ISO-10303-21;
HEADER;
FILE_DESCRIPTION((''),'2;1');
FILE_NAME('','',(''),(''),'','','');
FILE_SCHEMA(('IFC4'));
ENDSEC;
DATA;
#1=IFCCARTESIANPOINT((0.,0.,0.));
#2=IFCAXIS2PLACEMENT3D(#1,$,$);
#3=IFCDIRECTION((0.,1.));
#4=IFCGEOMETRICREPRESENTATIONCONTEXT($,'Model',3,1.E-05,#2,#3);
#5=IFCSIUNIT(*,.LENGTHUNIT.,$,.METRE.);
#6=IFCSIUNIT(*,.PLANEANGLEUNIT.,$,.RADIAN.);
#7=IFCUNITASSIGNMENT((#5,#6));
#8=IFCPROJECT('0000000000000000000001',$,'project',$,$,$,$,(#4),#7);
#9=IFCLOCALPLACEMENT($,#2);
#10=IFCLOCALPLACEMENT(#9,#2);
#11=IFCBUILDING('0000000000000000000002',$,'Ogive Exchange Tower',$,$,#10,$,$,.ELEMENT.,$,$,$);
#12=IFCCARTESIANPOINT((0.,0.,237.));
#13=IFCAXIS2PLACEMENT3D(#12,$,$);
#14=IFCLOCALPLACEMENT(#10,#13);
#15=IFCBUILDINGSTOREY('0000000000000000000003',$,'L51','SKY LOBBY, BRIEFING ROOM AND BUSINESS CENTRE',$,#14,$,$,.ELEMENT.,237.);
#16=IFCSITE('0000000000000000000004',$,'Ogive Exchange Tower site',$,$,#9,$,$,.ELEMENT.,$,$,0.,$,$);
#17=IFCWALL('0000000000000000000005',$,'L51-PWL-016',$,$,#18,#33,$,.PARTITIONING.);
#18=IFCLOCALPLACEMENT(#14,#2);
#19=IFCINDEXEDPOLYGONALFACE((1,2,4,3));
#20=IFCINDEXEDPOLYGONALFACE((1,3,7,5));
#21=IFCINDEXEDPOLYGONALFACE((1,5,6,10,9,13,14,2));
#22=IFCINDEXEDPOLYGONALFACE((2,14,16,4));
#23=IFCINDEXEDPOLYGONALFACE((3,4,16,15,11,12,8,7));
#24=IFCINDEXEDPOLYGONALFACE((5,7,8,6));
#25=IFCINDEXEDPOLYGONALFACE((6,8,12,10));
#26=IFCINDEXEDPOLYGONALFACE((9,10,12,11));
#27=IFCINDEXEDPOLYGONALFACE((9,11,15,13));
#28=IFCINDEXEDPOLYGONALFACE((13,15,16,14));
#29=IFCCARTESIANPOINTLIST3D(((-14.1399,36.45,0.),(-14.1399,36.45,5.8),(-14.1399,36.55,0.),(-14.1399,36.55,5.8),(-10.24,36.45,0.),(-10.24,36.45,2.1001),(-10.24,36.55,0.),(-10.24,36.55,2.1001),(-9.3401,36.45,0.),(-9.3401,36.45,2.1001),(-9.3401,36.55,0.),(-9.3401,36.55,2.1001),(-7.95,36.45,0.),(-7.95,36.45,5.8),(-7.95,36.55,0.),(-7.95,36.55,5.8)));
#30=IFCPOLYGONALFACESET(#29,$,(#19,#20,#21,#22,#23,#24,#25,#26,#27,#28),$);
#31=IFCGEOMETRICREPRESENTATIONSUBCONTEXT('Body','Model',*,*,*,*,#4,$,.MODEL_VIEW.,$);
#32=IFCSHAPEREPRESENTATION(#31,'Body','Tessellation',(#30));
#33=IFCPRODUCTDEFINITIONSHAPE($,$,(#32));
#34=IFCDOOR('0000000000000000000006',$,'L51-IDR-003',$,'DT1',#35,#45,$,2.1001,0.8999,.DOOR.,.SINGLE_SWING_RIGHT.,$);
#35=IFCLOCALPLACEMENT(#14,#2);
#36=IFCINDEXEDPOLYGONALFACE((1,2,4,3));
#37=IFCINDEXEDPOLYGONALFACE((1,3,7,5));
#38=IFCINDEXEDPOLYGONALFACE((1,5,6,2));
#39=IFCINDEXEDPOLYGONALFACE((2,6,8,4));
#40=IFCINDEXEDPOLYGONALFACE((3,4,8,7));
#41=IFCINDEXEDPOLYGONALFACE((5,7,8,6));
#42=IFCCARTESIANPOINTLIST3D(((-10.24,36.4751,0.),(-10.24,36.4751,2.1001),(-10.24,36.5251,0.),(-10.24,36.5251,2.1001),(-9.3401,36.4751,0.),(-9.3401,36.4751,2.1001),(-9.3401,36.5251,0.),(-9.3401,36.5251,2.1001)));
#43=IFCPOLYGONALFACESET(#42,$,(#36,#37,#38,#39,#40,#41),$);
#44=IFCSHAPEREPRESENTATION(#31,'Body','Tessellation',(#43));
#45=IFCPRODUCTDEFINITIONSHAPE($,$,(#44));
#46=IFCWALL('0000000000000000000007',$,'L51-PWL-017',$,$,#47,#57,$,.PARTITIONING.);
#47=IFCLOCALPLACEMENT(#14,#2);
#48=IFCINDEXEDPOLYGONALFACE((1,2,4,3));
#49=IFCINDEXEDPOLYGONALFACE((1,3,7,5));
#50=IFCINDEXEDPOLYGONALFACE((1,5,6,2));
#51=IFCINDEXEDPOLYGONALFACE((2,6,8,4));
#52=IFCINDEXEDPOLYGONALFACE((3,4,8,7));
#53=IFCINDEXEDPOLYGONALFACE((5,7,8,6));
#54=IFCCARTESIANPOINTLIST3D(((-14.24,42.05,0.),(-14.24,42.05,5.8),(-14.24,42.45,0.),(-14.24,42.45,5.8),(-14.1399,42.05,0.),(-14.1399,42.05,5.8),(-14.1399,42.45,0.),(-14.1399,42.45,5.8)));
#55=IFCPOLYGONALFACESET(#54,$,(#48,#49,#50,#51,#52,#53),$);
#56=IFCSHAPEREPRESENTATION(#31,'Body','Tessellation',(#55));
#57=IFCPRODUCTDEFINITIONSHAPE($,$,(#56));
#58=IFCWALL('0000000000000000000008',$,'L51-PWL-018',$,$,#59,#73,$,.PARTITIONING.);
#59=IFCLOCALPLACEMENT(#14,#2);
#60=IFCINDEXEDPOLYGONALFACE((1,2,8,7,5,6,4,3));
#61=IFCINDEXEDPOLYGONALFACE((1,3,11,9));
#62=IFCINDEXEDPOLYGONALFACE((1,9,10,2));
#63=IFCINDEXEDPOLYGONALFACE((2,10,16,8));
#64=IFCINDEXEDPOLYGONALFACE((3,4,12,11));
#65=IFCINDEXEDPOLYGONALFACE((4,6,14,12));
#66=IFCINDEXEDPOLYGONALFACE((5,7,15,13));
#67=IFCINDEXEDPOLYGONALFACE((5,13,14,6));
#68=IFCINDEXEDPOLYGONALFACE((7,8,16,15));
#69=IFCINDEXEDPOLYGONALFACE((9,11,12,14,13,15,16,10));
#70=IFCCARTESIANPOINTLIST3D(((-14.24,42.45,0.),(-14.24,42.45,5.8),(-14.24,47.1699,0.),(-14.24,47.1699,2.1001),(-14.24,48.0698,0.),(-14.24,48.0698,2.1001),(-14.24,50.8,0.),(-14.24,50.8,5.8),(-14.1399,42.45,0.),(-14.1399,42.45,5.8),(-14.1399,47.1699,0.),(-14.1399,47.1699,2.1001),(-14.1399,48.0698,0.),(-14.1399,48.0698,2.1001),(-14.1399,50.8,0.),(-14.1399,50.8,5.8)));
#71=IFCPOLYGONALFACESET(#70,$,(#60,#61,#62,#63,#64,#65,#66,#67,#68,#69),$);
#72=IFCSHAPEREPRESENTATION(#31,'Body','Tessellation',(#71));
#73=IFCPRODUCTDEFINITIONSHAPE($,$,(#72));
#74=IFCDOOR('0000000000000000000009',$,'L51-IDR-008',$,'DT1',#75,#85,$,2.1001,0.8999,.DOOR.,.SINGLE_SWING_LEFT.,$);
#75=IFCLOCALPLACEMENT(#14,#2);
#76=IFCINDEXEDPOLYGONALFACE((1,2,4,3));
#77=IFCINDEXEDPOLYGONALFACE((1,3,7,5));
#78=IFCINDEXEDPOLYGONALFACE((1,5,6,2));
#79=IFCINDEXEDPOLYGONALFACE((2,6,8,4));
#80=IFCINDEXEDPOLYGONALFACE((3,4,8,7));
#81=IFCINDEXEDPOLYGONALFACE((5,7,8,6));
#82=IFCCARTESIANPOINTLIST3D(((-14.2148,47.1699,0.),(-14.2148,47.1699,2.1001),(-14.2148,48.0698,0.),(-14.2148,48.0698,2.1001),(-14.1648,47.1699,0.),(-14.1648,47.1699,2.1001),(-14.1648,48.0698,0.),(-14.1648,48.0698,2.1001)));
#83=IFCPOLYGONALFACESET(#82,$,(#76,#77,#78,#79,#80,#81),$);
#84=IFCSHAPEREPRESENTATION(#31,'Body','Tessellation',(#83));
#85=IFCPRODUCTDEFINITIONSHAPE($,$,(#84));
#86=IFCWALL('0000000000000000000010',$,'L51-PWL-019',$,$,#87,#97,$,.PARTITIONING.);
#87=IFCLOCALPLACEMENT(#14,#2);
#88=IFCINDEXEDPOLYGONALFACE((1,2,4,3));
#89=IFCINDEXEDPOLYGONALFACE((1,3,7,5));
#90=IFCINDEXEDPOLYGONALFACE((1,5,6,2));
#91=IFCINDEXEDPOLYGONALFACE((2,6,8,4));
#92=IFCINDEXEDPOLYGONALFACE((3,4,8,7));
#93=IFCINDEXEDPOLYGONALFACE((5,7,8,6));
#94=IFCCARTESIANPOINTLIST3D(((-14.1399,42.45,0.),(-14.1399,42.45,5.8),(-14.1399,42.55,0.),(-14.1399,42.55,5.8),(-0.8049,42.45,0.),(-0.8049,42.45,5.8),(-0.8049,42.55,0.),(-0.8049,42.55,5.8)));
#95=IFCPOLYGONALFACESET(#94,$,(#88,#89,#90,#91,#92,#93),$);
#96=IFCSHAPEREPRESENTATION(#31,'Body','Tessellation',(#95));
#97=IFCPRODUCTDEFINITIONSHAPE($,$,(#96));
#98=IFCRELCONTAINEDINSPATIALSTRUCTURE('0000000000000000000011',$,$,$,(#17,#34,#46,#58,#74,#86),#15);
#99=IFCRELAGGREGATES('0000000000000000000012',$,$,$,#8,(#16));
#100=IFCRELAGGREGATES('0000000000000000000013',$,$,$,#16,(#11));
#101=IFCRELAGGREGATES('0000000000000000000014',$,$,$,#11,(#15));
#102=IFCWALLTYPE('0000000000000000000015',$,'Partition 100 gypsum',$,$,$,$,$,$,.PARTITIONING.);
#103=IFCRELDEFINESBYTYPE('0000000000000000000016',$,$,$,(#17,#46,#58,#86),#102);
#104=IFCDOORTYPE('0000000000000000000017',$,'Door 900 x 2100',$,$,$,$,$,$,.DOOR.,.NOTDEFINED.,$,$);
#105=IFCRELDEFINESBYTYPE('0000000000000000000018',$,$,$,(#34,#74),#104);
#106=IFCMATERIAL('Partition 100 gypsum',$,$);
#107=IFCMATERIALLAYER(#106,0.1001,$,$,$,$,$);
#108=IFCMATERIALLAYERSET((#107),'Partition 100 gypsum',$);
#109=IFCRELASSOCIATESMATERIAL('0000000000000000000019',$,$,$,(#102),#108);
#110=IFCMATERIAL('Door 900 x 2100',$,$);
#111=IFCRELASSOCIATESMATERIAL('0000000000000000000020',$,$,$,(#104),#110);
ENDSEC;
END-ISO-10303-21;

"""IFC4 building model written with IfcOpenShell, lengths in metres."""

from ifc_helpers import new_model, si_unit, direction, frame, frame_2d, origin, place, context, subcontext, project, spatial, rectangle, extrude, material, layer, layer_set, type_object, element, fill, save


model = new_model("IFC4")

# Units and contexts
model_context = context("Model", 3, precision=1e-05, world=origin(), true_north=direction((0.0, 1.0)))
body_context = subcontext(model_context, "Body", "Model", "MODEL_VIEW")
ifc_project = project(units=[si_unit("LENGTHUNIT", "METRE"), si_unit("PLANEANGLEUNIT", "RADIAN")], contexts=[model_context])

# Site, building, storey
site_placement = place(None, origin())
site = spatial("IfcSite", under=ifc_project, at=site_placement, Name="Ogive Exchange Tower site", CompositionType="ELEMENT", RefElevation=0.0)
building_placement = place(site_placement, origin())
building = spatial("IfcBuilding", under=site, at=building_placement, Name="Ogive Exchange Tower", CompositionType="ELEMENT")
storey_placement = place(building_placement, frame((0.0, 0.0, 237.0)))
storey = spatial("IfcBuildingStorey", under=building, at=storey_placement, Name="L51", Description="SKY LOBBY, BRIEFING ROOM AND BUSINESS CENTRE", CompositionType="ELEMENT", Elevation=237.0)

# Shared definitions
ifc_material_1 = material(Name="Partition 100 gypsum")
ifc_layer_1 = layer(ifc_material_1, 0.1001)
ifc_layer_set_1 = layer_set([ifc_layer_1], Name="Partition 100 gypsum")
wall_type_1 = type_object("IfcWallType", Name="Partition 100 gypsum", PredefinedType="PARTITIONING", material=ifc_layer_set_1)

# Wall, opening, door
wall_1_placement = place(storey_placement, frame((-14.1399, 36.5, 0.0), z_axis=(0.0, 0.0, 1.0), x_axis=(1.0, 0.0, 0.0)))
wall_1 = element("IfcWall", 1, at=wall_1_placement, inside=storey, type_object=wall_type_1, Name="L51-PWL-016", PredefinedType="PARTITIONING", context=body_context, shape_type="SweptSolid", body=[
    extrude(rectangle(XDim=6.1899, YDim=0.1001, at=frame_2d((3.095, 0.0))), origin(), (0.0, 0.0, 1.0), 5.8),
])
opening_1_placement = place(wall_1_placement, frame((3.8999, 0.0, 0.0)))
opening_1 = element("IfcOpeningElement", 2, at=opening_1_placement, cuts=wall_1, PredefinedType="OPENING", context=body_context, shape_type="SweptSolid", body=[
    extrude(rectangle(XDim=0.8999, YDim=2.1001, at=frame_2d((0.45, 1.05))), frame((0.0, 0.0601, 0.0), z_axis=(0.0, -1.0, 0.0), x_axis=(1.0, 0.0, 0.0)), (0.0, 0.0, 1.0), 0.1201),
])
ifc_material_2 = material(Name="Door 900 x 2100")
door_type_1 = type_object("IfcDoorType", Name="Door 900 x 2100", OperationType="NOTDEFINED", PredefinedType="DOOR", material=ifc_material_2)
door_1_placement = place(opening_1_placement, frame((0.8999, 0.0, 0.0), z_axis=(0.0, 0.0, 1.0), x_axis=(-1.0, 0.0, 0.0)))
door_1 = element("IfcDoor", 3, at=door_1_placement, inside=storey, type_object=door_type_1, Name="L51-IDR-003", ObjectType="DT1", OperationType="SINGLE_SWING_RIGHT", OverallHeight=2.1001, OverallWidth=0.8999, PredefinedType="DOOR", context=body_context, shape_type="SweptSolid", body=[
    extrude(rectangle(XDim=0.8999, YDim=2.1001, at=frame_2d((0.45, 1.05))), frame((0.0, 0.0249, 0.0), z_axis=(0.0, -1.0, 0.0), x_axis=(1.0, 0.0, 0.0)), (0.0, 0.0, 1.0), 0.05),
])
fill(opening_1, door_1)

# Wall
wall_2_placement = place(storey_placement, frame((-14.1899, 42.05, 0.0), z_axis=(0.0, 0.0, 1.0), x_axis=(0.0, 1.0, 0.0)))
element("IfcWall", 4, at=wall_2_placement, inside=storey, type_object=wall_type_1, Name="L51-PWL-017", PredefinedType="PARTITIONING", context=body_context, shape_type="SweptSolid", body=[
    extrude(rectangle(XDim=0.3999, YDim=0.1001, at=frame_2d((0.2, 0.0))), origin(), (0.0, 0.0, 1.0), 5.8),
])

# Wall, opening, door
wall_3_placement = place(storey_placement, frame((-14.1899, 42.45, 0.0), z_axis=(0.0, 0.0, 1.0), x_axis=(0.0, 1.0, 0.0)))
wall_3 = element("IfcWall", 5, at=wall_3_placement, inside=storey, type_object=wall_type_1, Name="L51-PWL-018", PredefinedType="PARTITIONING", context=body_context, shape_type="SweptSolid", body=[
    extrude(rectangle(XDim=8.3501, YDim=0.1001, at=frame_2d((4.175, 0.0))), origin(), (0.0, 0.0, 1.0), 5.8),
])
opening_2_placement = place(wall_3_placement, frame((4.72, 0.0, 0.0)))
opening_2 = element("IfcOpeningElement", 6, at=opening_2_placement, cuts=wall_3, PredefinedType="OPENING", context=body_context, shape_type="SweptSolid", body=[
    extrude(rectangle(XDim=0.8999, YDim=2.1001, at=frame_2d((0.45, 1.05))), frame((0.0, 0.0601, 0.0), z_axis=(0.0, -1.0, 0.0), x_axis=(1.0, 0.0, 0.0)), (0.0, 0.0, 1.0), 0.1201),
])
door_2_placement = place(opening_2_placement, origin())
door_2 = element("IfcDoor", 7, at=door_2_placement, inside=storey, type_object=door_type_1, Name="L51-IDR-008", ObjectType="DT1", OperationType="SINGLE_SWING_LEFT", OverallHeight=2.1001, OverallWidth=0.8999, PredefinedType="DOOR", context=body_context, shape_type="SweptSolid", body=[
    extrude(rectangle(XDim=0.8999, YDim=2.1001, at=frame_2d((0.45, 1.05))), frame((0.0, 0.0249, 0.0), z_axis=(0.0, -1.0, 0.0), x_axis=(1.0, 0.0, 0.0)), (0.0, 0.0, 1.0), 0.05),
])
fill(opening_2, door_2)

# Wall
wall_4_placement = place(storey_placement, frame((-14.1399, 42.5, 0.0), z_axis=(0.0, 0.0, 1.0), x_axis=(1.0, 0.0, 0.0)))
element("IfcWall", 8, at=wall_4_placement, inside=storey, type_object=wall_type_1, Name="L51-PWL-019", PredefinedType="PARTITIONING", context=body_context, shape_type="SweptSolid", body=[
    extrude(rectangle(XDim=13.335, YDim=0.1001, at=frame_2d((6.6675, 0.0))), origin(), (0.0, 0.0, 1.0), 5.8),
])

save(model, "model.ifc")
